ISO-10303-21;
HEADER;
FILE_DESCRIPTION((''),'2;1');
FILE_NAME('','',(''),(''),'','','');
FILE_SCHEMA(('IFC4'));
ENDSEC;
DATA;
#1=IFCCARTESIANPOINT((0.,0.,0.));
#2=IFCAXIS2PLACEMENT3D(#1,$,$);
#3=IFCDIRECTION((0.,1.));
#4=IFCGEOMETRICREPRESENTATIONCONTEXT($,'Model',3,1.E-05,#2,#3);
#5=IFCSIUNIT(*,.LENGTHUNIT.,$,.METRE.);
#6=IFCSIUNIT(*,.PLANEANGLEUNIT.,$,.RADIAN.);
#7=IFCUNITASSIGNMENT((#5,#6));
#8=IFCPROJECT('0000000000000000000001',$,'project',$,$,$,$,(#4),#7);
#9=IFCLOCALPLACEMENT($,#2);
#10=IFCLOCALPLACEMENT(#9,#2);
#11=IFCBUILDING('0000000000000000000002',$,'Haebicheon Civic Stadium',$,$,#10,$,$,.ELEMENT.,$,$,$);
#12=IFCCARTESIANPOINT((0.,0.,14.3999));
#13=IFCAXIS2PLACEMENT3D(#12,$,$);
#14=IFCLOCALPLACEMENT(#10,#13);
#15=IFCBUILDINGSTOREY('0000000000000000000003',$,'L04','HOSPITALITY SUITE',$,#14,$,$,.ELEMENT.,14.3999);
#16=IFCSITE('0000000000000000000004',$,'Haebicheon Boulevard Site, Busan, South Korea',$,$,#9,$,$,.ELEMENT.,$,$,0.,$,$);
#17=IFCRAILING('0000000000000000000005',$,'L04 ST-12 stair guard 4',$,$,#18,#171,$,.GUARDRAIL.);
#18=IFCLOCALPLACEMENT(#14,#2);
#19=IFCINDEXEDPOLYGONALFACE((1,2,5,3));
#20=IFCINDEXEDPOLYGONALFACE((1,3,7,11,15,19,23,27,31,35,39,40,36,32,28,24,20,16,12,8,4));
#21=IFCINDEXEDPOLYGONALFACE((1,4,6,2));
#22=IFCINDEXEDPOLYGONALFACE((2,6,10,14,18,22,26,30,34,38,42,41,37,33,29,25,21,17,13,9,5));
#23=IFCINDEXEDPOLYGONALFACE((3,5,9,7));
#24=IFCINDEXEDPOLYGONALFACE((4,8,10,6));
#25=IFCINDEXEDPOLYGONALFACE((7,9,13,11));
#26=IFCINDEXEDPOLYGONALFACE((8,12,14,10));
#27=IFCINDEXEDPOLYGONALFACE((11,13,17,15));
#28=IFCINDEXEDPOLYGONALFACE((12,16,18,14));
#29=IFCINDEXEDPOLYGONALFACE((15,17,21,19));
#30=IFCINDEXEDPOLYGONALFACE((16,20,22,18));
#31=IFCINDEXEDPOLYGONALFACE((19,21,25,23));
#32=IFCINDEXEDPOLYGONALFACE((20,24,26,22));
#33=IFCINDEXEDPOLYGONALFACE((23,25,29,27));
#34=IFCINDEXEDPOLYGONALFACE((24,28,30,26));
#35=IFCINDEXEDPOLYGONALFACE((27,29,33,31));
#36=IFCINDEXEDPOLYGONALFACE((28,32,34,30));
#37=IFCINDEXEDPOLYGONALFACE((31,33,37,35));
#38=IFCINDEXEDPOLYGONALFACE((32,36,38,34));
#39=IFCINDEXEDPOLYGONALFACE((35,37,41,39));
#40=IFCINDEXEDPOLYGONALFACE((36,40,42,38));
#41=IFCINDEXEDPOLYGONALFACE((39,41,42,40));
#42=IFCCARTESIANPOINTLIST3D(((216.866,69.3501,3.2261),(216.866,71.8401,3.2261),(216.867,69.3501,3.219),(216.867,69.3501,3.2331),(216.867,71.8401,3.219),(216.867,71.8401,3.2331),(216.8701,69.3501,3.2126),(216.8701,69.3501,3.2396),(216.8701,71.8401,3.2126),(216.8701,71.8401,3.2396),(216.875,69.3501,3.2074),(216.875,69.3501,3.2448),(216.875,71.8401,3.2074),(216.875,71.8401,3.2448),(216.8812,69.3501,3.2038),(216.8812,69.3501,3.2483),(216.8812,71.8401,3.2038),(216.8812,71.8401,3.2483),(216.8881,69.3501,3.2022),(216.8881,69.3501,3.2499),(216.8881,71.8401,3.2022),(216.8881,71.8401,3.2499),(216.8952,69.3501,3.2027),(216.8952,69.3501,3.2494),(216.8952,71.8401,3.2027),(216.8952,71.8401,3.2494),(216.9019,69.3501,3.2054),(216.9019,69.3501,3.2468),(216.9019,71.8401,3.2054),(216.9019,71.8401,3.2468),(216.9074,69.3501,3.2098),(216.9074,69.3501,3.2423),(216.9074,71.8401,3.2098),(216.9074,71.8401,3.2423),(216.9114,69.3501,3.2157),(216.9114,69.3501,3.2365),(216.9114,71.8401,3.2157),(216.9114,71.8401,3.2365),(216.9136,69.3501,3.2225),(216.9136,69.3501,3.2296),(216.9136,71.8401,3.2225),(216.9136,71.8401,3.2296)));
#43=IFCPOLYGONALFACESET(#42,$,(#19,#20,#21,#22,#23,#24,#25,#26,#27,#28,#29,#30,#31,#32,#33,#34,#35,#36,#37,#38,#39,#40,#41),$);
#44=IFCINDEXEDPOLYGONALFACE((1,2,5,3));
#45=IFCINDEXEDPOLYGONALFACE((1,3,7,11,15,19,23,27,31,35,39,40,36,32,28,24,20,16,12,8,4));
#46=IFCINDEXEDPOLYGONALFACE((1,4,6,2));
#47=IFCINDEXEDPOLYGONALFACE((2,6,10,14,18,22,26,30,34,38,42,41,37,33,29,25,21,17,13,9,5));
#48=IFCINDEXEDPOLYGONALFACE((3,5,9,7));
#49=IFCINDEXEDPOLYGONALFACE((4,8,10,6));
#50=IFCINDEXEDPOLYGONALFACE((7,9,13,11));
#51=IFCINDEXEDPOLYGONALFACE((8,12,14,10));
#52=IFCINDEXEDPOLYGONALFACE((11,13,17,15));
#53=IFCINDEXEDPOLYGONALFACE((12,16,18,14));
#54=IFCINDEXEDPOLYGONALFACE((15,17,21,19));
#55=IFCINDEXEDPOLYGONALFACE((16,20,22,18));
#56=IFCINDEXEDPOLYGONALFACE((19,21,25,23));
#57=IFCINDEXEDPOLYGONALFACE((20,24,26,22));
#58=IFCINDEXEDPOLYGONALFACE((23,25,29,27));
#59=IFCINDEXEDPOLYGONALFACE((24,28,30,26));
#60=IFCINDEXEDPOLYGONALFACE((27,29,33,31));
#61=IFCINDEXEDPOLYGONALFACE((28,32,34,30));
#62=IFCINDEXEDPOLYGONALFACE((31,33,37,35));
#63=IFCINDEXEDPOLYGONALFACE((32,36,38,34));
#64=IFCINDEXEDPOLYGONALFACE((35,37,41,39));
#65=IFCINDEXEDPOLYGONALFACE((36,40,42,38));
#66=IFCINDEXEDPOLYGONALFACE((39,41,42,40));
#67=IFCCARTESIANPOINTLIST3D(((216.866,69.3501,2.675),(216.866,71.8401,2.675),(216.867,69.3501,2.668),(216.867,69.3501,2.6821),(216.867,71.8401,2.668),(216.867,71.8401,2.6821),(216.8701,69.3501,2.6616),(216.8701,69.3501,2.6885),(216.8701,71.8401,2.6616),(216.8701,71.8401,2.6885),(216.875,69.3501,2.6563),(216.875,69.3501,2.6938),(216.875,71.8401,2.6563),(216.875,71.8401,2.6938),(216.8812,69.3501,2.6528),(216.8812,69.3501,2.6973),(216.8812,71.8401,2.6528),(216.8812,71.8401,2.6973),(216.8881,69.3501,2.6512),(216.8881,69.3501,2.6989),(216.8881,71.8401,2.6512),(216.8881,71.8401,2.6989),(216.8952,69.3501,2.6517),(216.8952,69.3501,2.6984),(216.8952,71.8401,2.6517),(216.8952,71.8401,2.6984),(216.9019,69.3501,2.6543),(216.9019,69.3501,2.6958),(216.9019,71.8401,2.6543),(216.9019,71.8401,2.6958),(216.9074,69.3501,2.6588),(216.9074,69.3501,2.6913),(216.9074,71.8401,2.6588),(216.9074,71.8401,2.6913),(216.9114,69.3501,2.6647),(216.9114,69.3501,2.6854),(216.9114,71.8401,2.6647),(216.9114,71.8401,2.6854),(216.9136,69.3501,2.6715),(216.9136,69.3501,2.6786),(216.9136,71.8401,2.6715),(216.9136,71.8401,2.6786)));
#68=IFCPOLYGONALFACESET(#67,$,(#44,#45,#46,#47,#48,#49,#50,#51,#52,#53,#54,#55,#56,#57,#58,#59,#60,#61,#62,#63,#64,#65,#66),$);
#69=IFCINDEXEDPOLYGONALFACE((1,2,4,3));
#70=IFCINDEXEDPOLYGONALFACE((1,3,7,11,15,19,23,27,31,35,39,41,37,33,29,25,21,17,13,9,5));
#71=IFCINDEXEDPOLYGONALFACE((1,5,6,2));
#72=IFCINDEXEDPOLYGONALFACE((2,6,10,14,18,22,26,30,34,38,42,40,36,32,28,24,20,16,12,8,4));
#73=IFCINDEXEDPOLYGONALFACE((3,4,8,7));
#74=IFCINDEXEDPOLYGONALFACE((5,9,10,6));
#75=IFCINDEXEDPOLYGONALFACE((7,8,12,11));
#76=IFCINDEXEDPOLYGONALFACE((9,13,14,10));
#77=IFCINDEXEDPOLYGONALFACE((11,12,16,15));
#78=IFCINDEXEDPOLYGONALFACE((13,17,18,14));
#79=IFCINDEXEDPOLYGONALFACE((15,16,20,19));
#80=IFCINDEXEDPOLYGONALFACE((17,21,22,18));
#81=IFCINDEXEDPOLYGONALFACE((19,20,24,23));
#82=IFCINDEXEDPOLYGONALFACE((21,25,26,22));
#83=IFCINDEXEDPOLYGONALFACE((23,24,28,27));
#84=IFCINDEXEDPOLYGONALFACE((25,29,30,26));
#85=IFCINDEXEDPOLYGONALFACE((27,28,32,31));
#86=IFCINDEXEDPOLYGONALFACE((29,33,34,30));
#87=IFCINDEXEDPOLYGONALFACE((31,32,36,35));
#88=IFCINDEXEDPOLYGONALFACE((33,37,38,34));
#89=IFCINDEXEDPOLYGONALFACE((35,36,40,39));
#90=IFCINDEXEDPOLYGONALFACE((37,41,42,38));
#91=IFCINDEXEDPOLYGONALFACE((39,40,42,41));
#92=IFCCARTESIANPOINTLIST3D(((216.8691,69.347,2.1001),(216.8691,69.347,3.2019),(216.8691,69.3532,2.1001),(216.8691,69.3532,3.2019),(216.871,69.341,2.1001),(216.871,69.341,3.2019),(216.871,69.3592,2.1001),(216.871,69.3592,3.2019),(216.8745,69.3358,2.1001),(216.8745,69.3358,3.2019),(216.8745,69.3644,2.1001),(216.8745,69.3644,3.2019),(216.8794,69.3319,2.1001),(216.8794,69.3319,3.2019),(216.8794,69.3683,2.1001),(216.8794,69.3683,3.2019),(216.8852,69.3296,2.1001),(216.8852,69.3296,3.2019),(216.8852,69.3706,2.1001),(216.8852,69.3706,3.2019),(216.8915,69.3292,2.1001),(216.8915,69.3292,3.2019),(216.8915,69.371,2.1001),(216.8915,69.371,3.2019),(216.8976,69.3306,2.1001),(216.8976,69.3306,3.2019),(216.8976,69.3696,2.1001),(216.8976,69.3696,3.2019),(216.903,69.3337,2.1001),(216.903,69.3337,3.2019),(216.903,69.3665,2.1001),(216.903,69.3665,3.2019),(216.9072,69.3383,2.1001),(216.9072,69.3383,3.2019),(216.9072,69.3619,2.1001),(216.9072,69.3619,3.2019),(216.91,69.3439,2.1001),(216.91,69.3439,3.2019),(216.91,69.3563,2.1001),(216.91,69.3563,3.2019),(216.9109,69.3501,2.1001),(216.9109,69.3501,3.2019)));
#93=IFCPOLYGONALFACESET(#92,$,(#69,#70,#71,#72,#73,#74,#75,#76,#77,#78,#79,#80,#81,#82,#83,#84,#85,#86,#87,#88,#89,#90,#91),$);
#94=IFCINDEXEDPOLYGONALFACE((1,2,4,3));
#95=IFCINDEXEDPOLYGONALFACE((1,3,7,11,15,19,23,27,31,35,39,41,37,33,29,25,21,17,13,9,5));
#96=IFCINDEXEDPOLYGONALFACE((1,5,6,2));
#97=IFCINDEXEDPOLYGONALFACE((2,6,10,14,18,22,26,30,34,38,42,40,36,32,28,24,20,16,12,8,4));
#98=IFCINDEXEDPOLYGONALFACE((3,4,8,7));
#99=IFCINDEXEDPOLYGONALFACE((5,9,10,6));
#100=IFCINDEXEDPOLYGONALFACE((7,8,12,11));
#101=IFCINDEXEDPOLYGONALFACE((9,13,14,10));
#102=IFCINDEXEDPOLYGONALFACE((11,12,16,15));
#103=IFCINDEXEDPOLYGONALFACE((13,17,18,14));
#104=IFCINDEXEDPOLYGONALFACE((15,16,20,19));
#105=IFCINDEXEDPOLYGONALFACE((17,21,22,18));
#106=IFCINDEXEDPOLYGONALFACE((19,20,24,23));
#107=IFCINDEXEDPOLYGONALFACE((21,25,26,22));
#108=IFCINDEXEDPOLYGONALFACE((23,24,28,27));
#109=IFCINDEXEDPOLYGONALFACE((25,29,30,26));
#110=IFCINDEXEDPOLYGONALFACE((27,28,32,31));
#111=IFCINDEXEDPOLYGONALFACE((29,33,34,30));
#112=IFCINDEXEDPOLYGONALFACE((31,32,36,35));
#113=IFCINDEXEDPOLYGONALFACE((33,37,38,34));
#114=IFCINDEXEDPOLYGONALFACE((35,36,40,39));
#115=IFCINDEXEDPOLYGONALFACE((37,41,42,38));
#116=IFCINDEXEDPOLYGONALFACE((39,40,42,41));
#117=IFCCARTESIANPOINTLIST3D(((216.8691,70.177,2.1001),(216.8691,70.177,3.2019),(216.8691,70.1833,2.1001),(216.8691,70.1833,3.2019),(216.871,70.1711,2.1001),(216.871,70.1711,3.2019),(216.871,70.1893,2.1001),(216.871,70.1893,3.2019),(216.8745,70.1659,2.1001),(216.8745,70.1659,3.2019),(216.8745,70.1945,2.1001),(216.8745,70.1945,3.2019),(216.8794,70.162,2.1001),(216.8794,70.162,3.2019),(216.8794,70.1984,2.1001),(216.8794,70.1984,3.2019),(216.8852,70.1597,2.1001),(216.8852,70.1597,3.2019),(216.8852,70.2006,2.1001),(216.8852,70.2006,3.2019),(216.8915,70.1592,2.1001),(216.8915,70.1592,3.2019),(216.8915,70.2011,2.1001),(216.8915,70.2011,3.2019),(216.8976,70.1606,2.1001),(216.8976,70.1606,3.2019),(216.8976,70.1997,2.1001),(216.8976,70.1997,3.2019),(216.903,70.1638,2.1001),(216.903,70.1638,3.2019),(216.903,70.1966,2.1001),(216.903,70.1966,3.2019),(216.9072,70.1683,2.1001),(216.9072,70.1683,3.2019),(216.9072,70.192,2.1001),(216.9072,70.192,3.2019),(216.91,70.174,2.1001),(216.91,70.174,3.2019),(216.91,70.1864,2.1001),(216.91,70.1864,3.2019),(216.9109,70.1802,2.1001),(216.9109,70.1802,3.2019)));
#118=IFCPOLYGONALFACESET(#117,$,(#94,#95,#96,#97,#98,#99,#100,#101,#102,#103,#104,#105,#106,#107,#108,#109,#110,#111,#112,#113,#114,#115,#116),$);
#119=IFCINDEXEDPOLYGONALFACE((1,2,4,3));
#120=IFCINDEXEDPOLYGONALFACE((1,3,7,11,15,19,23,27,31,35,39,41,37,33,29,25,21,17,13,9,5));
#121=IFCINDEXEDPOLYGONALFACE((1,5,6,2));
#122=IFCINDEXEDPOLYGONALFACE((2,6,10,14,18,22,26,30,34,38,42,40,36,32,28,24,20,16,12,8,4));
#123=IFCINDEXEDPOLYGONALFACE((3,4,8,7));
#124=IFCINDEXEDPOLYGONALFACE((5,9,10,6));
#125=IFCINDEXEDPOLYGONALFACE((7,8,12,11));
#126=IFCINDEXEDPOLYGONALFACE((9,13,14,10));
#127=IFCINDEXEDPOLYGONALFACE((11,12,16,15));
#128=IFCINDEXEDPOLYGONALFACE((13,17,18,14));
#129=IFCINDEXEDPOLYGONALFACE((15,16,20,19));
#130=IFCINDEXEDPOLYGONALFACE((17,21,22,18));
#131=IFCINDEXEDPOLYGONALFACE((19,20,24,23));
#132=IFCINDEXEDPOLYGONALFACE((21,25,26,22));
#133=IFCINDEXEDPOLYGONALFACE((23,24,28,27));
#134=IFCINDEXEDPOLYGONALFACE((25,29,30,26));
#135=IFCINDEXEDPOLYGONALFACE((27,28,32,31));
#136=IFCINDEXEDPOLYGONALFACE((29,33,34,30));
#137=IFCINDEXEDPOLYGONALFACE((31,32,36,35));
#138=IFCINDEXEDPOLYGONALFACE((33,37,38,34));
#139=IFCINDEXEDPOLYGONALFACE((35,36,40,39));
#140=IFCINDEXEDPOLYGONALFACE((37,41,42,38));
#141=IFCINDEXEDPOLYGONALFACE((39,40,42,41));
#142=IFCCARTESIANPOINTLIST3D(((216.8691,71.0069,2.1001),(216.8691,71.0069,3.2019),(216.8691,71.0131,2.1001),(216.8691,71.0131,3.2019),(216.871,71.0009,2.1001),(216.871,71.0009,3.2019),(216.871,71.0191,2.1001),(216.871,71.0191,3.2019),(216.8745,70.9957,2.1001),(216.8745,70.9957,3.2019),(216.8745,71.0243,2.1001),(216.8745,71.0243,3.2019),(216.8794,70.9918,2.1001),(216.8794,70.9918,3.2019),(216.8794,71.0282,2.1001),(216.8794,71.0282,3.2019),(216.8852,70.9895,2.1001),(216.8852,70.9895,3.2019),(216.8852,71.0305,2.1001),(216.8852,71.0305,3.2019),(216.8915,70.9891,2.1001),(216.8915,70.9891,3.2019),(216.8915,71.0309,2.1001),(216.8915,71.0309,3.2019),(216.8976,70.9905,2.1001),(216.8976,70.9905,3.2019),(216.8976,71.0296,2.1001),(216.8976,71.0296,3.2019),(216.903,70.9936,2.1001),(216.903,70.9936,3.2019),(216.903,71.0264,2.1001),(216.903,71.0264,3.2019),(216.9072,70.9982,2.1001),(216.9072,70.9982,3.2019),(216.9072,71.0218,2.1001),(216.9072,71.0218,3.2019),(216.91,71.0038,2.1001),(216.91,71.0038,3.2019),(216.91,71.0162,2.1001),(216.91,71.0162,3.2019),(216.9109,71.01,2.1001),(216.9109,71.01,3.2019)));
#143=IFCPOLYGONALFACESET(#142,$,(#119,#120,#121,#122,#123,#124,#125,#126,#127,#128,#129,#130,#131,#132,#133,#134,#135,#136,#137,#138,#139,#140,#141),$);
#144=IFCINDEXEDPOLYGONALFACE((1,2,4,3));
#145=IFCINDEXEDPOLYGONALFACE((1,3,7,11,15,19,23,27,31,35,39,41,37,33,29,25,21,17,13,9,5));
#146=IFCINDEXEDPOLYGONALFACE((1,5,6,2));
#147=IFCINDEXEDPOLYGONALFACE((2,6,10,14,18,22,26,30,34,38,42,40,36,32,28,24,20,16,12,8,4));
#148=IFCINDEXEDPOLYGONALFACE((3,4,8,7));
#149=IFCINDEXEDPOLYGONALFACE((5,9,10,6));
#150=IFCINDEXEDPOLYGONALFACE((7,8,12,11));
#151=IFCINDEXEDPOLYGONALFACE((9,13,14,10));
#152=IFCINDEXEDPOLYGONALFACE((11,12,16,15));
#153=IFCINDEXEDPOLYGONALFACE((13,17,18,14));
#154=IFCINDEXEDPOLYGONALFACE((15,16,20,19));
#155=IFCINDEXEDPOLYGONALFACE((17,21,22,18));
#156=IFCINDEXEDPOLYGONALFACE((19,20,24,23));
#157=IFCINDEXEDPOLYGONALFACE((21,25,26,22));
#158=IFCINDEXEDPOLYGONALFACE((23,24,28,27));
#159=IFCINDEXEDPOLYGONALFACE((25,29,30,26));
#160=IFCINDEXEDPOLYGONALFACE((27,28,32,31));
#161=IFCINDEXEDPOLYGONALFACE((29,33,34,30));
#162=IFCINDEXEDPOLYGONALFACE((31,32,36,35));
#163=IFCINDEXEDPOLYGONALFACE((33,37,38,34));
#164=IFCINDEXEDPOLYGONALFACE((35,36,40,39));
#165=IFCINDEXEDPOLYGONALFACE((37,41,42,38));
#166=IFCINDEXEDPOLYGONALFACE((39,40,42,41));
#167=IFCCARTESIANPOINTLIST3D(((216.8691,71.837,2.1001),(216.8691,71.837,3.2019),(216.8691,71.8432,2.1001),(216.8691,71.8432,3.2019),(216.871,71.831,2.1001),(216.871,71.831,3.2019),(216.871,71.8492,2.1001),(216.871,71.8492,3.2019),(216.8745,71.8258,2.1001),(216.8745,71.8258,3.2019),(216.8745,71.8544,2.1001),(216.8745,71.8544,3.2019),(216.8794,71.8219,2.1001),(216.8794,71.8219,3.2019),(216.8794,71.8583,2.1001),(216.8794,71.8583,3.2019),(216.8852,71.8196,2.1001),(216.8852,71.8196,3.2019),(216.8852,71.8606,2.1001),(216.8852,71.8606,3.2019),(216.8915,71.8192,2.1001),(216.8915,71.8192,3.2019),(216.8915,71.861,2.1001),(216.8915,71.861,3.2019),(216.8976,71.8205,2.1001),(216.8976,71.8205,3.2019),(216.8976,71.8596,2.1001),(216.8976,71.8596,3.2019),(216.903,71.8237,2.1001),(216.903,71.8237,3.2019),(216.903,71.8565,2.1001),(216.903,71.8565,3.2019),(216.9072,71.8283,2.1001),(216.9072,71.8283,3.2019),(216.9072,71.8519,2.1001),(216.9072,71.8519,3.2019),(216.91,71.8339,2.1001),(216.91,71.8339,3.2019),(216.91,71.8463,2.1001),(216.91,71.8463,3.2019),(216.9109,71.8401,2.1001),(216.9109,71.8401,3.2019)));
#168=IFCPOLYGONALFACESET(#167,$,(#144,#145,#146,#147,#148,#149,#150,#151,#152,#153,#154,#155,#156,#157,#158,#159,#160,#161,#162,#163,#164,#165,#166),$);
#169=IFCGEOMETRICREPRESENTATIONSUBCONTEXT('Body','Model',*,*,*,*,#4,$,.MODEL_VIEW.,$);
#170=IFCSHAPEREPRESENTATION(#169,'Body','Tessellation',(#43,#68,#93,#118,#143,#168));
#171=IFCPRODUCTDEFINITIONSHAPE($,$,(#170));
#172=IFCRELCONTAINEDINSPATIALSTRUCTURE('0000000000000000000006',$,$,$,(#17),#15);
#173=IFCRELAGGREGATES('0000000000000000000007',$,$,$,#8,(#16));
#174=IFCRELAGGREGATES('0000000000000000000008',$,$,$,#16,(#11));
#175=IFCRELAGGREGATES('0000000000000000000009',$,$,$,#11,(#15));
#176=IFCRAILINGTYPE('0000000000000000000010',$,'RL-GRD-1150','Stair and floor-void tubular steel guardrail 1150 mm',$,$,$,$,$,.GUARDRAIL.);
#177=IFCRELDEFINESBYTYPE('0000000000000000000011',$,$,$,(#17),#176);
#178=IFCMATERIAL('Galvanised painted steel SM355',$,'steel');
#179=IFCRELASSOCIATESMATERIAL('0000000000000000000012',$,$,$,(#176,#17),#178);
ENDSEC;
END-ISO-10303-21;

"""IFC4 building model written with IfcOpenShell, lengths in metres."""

from ifc_helpers import new_model, si_unit, direction, frame, origin, origin_2d, place, context, subcontext, project, spatial, circle, extrude, material, type_object, element, save


model = new_model("IFC4")

# Units and contexts
model_context = context("Model", 3, precision=1e-05, world=origin(), true_north=direction((0.0, 1.0)))
body_context = subcontext(model_context, "Body", "Model", "MODEL_VIEW")
ifc_project = project(units=[si_unit("LENGTHUNIT", "METRE"), si_unit("PLANEANGLEUNIT", "RADIAN")], contexts=[model_context])

# Site, building, storey
site_placement = place(None, origin())
site = spatial("IfcSite", under=ifc_project, at=site_placement, Name="Haebicheon Boulevard Site, Busan, South Korea", CompositionType="ELEMENT", RefElevation=0.0)
building_placement = place(site_placement, origin())
building = spatial("IfcBuilding", under=site, at=building_placement, Name="Haebicheon Civic Stadium", CompositionType="ELEMENT")
storey_placement = place(building_placement, frame((0.0, 0.0, 14.3999)))
storey = spatial("IfcBuildingStorey", under=building, at=storey_placement, Name="L04", Description="HOSPITALITY SUITE", CompositionType="ELEMENT", Elevation=14.3999)

# Railing
ifc_material_1 = material(Name="Galvanised painted steel SM355", Category="steel")
railing_type_1 = type_object("IfcRailingType", Name="RL-GRD-1150", Description="Stair and floor-void tubular steel guardrail 1150 mm", PredefinedType="GUARDRAIL", material=ifc_material_1)
for number, where, name in (
    (1, (216.8899, 69.3501, 2.1001), "L04 ST-12 stair guard 4"),
):
    element("IfcRailing", number, at=place(storey_placement, frame(where)), inside=storey, type_object=railing_type_1, material=ifc_material_1, Name=name, PredefinedType="GUARDRAIL", context=body_context, shape_type="SweptSolid", body=[
        extrude(circle(Radius=0.0239, at=origin_2d()), frame((0.0, 0.0, 1.126), z_axis=(0.0, 1.0, 0.0), x_axis=(-1.0, 0.0, 0.0)), (0.0, 0.0, 1.0), 2.49),
        extrude(circle(Radius=0.0239, at=origin_2d()), frame((0.0, 0.0, 0.575), z_axis=(0.0, 1.0, 0.0), x_axis=(-1.0, 0.0, 0.0)), (0.0, 0.0, 1.0), 2.49),
        extrude(circle(Radius=0.021, at=origin_2d()), origin(), (0.0, 0.0, 1.0), 1.1018),
        extrude(circle(Radius=0.021, at=origin_2d()), frame((0.0, 0.8301, 0.0)), (0.0, 0.0, 1.0), 1.1018),
        extrude(circle(Radius=0.021, at=origin_2d()), frame((0.0, 1.6599, 0.0)), (0.0, 0.0, 1.0), 1.1018),
        extrude(circle(Radius=0.021, at=origin_2d()), frame((0.0, 2.49, 0.0)), (0.0, 0.0, 1.0), 1.1018),
    ])

save(model, "model.ifc")
